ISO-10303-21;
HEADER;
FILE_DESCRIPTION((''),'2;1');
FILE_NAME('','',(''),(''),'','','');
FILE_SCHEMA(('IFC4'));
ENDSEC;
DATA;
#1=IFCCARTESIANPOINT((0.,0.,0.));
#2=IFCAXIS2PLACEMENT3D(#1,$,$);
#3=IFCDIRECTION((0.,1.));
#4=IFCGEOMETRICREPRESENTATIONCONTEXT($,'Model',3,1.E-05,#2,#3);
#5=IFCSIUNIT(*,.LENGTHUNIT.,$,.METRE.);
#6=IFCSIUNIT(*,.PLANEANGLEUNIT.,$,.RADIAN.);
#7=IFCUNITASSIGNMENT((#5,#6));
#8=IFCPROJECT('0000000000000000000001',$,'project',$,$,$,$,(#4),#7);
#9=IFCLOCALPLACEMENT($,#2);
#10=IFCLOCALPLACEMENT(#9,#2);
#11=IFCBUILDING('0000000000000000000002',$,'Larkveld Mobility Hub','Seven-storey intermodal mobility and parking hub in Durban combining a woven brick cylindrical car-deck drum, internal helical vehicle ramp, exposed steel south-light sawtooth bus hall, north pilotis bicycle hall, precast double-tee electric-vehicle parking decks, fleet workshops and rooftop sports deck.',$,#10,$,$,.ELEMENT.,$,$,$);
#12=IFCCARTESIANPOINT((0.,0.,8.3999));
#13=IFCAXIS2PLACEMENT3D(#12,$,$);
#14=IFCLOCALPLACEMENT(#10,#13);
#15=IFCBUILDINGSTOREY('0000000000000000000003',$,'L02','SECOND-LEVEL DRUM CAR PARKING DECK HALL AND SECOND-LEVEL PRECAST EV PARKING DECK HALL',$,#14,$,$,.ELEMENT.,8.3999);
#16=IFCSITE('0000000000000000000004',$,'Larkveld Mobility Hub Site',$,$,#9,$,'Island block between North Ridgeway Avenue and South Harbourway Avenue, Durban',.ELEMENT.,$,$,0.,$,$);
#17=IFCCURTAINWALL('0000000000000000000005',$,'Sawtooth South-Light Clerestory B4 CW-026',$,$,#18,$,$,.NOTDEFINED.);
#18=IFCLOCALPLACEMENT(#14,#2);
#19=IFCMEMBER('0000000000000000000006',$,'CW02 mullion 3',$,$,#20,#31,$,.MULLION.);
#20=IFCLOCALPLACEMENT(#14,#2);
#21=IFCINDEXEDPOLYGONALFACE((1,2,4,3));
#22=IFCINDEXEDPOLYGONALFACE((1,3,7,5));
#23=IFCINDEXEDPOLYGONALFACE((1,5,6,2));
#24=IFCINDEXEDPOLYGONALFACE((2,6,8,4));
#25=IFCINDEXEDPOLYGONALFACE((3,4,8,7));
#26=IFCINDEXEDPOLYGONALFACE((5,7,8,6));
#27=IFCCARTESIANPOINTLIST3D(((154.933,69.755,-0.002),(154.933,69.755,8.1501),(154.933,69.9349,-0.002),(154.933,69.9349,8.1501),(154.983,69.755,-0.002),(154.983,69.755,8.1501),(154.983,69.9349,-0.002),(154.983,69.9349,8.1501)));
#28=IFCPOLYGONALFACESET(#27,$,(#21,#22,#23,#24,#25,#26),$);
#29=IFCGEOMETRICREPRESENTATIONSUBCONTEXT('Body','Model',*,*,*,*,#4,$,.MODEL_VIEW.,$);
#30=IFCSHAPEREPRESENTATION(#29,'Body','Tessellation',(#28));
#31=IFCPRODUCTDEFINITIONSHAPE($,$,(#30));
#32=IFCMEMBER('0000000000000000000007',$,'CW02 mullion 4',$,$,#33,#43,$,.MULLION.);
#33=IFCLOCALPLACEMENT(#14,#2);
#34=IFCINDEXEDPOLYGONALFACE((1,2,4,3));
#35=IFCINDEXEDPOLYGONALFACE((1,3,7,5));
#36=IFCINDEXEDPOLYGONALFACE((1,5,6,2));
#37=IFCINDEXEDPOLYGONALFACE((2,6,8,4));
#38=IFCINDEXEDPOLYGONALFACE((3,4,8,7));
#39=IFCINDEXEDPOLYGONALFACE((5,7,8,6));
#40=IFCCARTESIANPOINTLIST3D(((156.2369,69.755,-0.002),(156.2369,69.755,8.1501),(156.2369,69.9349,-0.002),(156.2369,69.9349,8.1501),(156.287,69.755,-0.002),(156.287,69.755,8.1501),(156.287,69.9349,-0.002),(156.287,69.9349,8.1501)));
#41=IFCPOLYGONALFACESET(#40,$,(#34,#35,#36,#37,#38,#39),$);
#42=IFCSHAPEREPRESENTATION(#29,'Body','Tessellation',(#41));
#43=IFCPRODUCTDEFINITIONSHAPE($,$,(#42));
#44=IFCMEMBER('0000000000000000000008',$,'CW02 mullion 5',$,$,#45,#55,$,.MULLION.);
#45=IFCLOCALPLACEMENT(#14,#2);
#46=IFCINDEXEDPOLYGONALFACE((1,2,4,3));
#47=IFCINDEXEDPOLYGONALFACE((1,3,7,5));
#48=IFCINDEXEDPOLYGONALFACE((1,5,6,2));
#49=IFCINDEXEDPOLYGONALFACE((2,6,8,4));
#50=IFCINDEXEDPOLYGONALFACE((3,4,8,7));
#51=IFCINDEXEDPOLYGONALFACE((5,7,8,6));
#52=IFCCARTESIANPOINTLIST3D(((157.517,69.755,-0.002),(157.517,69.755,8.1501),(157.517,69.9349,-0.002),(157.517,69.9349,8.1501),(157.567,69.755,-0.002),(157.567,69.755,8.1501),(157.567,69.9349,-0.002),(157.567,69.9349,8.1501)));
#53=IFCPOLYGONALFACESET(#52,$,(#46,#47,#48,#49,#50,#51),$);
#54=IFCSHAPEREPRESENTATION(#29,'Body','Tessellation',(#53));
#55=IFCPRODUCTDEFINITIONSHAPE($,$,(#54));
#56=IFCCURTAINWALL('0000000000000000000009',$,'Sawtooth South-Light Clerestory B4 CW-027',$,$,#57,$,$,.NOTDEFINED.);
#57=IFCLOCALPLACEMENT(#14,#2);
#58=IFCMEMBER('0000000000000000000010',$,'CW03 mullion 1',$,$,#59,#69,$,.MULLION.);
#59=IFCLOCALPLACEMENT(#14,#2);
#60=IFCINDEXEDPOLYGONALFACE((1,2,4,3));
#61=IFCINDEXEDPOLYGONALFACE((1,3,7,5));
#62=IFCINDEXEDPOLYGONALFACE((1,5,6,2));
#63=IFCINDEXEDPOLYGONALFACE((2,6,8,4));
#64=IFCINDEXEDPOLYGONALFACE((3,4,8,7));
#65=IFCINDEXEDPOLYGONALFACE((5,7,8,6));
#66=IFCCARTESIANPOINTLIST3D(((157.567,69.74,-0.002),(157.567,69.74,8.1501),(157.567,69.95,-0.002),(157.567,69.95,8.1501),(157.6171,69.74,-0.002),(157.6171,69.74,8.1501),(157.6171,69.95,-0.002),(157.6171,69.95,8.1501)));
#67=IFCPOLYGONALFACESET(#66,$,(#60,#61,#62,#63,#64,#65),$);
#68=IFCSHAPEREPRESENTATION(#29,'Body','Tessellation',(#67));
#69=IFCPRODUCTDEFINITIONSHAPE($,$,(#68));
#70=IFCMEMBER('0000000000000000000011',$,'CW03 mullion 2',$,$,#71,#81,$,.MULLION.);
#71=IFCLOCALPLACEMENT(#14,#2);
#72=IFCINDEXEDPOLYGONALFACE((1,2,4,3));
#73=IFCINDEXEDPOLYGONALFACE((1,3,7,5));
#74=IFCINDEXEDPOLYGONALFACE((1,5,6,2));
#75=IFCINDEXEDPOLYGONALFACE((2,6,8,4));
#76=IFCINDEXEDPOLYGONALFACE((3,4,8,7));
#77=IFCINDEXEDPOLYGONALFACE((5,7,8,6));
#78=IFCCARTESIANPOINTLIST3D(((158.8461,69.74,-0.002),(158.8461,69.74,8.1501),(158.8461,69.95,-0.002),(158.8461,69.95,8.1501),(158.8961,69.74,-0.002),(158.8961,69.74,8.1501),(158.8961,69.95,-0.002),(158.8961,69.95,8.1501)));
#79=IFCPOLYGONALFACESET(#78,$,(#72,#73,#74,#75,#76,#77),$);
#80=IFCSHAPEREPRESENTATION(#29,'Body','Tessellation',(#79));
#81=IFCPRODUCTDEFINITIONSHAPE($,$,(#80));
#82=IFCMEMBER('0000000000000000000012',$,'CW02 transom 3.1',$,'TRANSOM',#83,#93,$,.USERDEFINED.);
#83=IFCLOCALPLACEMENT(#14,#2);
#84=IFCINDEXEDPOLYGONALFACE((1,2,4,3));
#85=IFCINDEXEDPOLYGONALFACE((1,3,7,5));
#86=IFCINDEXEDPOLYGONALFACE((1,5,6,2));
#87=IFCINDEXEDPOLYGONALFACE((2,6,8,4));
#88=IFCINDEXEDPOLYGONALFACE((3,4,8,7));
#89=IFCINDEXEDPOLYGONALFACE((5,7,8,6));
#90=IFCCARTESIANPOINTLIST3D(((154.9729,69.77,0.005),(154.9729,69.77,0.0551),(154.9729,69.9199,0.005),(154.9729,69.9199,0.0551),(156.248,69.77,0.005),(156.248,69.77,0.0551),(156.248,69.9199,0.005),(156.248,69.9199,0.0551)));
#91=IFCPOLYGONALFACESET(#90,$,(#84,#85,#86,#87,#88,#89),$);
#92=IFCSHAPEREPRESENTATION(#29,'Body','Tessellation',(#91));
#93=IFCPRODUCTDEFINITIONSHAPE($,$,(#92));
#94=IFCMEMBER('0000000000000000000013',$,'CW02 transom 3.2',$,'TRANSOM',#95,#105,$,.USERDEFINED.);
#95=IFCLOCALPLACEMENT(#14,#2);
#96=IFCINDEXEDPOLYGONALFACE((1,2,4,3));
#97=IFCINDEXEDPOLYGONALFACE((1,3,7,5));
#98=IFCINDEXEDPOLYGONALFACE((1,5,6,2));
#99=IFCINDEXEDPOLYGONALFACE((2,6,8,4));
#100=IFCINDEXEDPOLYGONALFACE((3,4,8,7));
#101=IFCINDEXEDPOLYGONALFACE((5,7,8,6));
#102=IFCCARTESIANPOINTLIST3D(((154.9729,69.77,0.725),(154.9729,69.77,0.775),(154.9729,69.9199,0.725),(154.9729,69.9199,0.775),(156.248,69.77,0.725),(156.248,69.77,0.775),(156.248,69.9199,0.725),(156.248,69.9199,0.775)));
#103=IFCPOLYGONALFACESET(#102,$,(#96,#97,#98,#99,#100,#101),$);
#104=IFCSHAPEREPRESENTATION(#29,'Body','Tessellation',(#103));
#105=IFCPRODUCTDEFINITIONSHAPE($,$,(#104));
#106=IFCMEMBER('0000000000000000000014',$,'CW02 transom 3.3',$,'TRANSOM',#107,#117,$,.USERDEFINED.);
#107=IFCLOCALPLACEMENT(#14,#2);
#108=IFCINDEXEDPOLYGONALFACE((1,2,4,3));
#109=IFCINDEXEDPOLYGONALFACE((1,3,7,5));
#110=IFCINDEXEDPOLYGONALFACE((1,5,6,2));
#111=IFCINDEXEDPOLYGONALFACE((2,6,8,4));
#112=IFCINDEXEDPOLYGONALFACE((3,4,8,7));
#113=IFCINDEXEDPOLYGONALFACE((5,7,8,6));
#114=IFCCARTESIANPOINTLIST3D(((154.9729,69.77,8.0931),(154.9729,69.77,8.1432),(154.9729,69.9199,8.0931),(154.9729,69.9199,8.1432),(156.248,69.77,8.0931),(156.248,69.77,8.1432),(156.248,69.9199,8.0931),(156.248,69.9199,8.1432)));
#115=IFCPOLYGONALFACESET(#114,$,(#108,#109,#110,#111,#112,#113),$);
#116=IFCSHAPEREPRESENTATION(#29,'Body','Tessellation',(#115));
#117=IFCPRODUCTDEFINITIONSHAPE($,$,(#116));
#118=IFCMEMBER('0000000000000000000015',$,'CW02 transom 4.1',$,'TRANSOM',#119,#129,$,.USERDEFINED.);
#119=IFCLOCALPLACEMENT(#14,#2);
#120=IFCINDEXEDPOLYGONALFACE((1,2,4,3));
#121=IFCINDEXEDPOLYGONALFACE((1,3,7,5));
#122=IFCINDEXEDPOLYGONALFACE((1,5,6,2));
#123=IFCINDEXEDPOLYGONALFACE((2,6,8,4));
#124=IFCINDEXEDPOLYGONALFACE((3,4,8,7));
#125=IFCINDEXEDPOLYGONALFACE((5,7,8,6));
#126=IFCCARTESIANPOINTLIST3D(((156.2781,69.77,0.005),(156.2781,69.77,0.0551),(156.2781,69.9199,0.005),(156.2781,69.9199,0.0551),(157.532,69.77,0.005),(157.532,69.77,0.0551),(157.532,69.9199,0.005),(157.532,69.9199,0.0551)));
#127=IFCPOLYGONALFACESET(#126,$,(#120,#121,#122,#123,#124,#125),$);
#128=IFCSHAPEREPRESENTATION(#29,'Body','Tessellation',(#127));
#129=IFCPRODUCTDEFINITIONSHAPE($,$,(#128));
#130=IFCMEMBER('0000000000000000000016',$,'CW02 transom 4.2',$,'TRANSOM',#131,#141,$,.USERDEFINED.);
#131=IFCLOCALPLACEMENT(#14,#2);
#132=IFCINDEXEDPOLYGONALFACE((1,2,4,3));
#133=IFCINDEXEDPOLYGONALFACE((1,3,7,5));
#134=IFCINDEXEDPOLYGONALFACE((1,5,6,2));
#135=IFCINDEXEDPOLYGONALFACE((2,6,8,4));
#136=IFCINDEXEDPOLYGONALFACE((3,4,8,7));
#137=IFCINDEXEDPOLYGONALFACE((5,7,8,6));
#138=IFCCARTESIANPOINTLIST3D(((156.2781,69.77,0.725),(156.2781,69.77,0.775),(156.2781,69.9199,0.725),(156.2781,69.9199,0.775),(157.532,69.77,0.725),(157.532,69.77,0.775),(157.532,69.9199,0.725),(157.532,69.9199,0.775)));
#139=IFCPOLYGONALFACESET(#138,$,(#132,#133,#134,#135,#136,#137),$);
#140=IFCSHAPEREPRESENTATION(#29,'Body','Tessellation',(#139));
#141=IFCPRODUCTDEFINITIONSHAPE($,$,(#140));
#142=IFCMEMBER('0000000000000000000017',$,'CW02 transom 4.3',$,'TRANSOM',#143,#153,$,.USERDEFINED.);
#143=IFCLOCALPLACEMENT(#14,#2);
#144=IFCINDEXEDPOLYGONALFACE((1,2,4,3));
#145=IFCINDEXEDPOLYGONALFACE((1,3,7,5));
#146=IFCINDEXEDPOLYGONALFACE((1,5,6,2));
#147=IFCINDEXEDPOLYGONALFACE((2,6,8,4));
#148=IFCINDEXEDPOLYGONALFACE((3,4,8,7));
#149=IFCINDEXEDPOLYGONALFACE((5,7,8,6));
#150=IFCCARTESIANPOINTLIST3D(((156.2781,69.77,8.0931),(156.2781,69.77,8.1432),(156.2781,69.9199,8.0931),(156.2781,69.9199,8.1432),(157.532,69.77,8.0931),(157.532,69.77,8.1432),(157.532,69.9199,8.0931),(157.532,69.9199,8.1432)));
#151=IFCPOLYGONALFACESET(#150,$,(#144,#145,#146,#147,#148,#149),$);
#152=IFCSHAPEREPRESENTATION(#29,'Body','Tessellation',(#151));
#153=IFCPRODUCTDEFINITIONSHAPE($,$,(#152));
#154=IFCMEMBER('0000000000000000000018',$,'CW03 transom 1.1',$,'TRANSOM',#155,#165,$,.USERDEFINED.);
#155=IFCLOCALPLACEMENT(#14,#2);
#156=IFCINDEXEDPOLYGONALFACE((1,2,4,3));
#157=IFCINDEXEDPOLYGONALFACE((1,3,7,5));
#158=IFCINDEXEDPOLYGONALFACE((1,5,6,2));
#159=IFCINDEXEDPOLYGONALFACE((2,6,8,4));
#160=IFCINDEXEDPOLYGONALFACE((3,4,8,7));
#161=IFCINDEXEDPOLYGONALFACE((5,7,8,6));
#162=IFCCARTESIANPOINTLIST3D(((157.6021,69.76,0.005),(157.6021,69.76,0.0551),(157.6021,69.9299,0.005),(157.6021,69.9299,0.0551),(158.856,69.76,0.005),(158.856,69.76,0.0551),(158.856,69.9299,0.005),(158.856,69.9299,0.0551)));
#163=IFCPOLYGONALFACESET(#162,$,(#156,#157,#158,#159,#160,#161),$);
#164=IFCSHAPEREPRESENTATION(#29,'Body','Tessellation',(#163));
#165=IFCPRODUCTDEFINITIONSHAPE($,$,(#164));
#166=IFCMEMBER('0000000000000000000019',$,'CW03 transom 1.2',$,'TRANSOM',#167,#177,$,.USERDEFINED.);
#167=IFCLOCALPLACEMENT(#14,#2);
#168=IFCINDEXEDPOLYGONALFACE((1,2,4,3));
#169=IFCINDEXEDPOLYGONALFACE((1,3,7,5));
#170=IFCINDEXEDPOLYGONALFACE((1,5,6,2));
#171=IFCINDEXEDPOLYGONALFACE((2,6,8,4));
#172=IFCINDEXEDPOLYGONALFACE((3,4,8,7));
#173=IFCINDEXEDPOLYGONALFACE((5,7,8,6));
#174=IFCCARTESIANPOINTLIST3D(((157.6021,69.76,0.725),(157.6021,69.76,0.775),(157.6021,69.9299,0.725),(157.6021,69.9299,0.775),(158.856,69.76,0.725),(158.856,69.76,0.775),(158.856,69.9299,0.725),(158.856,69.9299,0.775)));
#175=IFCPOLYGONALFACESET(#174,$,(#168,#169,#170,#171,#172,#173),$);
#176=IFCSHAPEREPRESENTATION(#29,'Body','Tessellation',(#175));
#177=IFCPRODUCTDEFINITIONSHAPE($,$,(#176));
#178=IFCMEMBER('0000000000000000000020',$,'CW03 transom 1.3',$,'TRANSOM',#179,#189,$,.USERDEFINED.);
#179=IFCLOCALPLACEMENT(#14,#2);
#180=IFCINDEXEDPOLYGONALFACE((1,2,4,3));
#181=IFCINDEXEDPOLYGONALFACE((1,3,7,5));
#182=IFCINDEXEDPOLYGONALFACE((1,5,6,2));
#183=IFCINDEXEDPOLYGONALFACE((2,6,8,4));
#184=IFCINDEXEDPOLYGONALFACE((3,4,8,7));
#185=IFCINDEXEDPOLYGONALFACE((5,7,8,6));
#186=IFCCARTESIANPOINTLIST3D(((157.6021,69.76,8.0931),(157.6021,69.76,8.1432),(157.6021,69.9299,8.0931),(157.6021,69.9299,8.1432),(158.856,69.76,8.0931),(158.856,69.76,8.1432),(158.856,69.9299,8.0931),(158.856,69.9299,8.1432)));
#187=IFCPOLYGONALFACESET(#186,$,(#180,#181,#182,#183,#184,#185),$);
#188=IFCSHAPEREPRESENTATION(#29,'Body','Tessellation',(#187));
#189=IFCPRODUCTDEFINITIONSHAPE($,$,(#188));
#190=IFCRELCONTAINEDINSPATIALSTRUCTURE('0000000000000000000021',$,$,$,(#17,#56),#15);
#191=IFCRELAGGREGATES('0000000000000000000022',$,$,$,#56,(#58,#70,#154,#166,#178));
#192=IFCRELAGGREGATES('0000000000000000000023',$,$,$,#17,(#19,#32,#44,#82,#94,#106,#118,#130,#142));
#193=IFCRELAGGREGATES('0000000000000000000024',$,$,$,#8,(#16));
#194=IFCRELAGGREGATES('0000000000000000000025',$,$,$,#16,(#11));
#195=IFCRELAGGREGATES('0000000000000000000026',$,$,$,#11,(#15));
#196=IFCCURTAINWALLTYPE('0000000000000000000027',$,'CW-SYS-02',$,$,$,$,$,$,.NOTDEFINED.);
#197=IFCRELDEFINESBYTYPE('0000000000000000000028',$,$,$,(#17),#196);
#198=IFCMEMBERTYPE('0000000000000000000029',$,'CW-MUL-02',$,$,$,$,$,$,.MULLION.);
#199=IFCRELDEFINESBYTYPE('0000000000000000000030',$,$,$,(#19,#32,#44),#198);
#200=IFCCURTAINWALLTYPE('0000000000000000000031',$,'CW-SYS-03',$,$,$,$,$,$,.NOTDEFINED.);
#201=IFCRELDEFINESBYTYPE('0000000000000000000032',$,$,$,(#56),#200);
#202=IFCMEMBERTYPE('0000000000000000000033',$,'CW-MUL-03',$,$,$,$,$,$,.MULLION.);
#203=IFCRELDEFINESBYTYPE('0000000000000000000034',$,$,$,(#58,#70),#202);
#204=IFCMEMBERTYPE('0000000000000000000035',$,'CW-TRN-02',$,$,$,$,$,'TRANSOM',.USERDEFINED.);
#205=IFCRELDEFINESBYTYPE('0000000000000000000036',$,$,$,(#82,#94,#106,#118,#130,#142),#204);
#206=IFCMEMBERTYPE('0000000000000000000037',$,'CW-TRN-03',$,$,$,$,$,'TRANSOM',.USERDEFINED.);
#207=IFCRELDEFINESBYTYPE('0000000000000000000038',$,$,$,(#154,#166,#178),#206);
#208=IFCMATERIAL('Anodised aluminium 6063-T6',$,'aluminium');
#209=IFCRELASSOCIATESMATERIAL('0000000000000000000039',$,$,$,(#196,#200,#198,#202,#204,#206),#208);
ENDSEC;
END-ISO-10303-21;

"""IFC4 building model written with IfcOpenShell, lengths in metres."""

from ifc_helpers import new_model, si_unit, direction, frame, origin, origin_2d, place, context, subcontext, project, spatial, rectangle, extrude, material, material_profile, profile_set, type_object, element, aggregate, save


model = new_model("IFC4")

# Units and contexts
model_context = context("Model", 3, precision=1e-05, world=origin(), true_north=direction((0.0, 1.0)))
body_context = subcontext(model_context, "Body", "Model", "MODEL_VIEW")
ifc_project = project(units=[si_unit("LENGTHUNIT", "METRE"), si_unit("PLANEANGLEUNIT", "RADIAN")], contexts=[model_context])

# Site, building, storey
site_placement = place(None, origin())
site = spatial("IfcSite", under=ifc_project, at=site_placement, Name="Larkveld Mobility Hub Site", LongName="Island block between North Ridgeway Avenue and South Harbourway Avenue, Durban", CompositionType="ELEMENT", RefElevation=0.0)
building_placement = place(site_placement, origin())
building = spatial("IfcBuilding", under=site, at=building_placement, Name="Larkveld Mobility Hub", Description="Seven-storey intermodal mobility and parking hub in Durban combining a woven brick cylindrical car-deck drum, internal helical vehicle ramp, exposed steel south-light sawtooth bus hall, north pilotis bicycle hall, precast double-tee electric-vehicle parking decks, fleet workshops and rooftop sports deck.", CompositionType="ELEMENT")
storey_placement = place(building_placement, frame((0.0, 0.0, 8.3999)))
storey = spatial("IfcBuildingStorey", under=building, at=storey_placement, Name="L02", Description="SECOND-LEVEL DRUM CAR PARKING DECK HALL AND SECOND-LEVEL PRECAST EV PARKING DECK HALL", CompositionType="ELEMENT", Elevation=8.3999)

# Curtain walls, members
ifc_material_1 = material(Name="Anodised aluminium 6063-T6", Category="aluminium")
curtain_wall_type_1 = type_object("IfcCurtainWallType", Name="CW-SYS-02", PredefinedType="NOTDEFINED", material=ifc_material_1)
curtain_wall_1_placement = place(storey_placement, origin())
curtain_wall_1 = element("IfcCurtainWall", 1, at=curtain_wall_1_placement, inside=storey, type_object=curtain_wall_type_1, Name="Sawtooth South-Light Clerestory B4 CW-026", PredefinedType="NOTDEFINED")
ifc_material_profile_1 = material_profile(ifc_material_1, rectangle(XDim=0.05, YDim=0.1799, at=origin_2d()), Name="ALU MULL 50x180")
ifc_profile_set_1 = profile_set([ifc_material_profile_1], Name="Anodised aluminium 6063-T6")
member_type_1 = type_object("IfcMemberType", Name="CW-MUL-02", PredefinedType="MULLION", material=ifc_profile_set_1)
member_1_placement = place(storey_placement, frame((154.958, 69.845, -0.002), z_axis=(0.0, 0.0, 1.0), x_axis=(1.0, 0.0, 0.0)))
member_1 = element("IfcMember", 2, at=member_1_placement, type_object=member_type_1, Name="CW02 mullion 3", PredefinedType="MULLION", context=body_context, shape_type="SweptSolid", body=[
    extrude(rectangle(XDim=0.05, YDim=0.1799, at=origin_2d()), origin(), (0.0, 0.0, 1.0), 8.1521),
])
member_2_placement = place(storey_placement, frame((156.262, 69.845, -0.002), z_axis=(0.0, 0.0, 1.0), x_axis=(1.0, 0.0, 0.0)))
member_2 = element("IfcMember", 3, at=member_2_placement, type_object=member_type_1, Name="CW02 mullion 4", PredefinedType="MULLION", context=body_context, shape_type="SweptSolid", body=[
    extrude(rectangle(XDim=0.05, YDim=0.1799, at=origin_2d()), origin(), (0.0, 0.0, 1.0), 8.1521),
])
member_3_placement = place(storey_placement, frame((157.542, 69.845, -0.002), z_axis=(0.0, 0.0, 1.0), x_axis=(1.0, 0.0, 0.0)))
member_3 = element("IfcMember", 4, at=member_3_placement, type_object=member_type_1, Name="CW02 mullion 5", PredefinedType="MULLION", context=body_context, shape_type="SweptSolid", body=[
    extrude(rectangle(XDim=0.05, YDim=0.1799, at=origin_2d()), origin(), (0.0, 0.0, 1.0), 8.1521),
])
curtain_wall_type_2 = type_object("IfcCurtainWallType", Name="CW-SYS-03", PredefinedType="NOTDEFINED", material=ifc_material_1)
curtain_wall_2_placement = place(storey_placement, origin())
curtain_wall_2 = element("IfcCurtainWall", 5, at=curtain_wall_2_placement, inside=storey, type_object=curtain_wall_type_2, Name="Sawtooth South-Light Clerestory B4 CW-027", PredefinedType="NOTDEFINED")
ifc_material_profile_2 = material_profile(ifc_material_1, rectangle(XDim=0.05, YDim=0.21, at=origin_2d()), Name="ALU MULL 50x210")
ifc_profile_set_2 = profile_set([ifc_material_profile_2], Name="Anodised aluminium 6063-T6")
member_type_2 = type_object("IfcMemberType", Name="CW-MUL-03", PredefinedType="MULLION", material=ifc_profile_set_2)
member_4_placement = place(storey_placement, frame((157.592, 69.845, -0.002), z_axis=(0.0, 0.0, 1.0), x_axis=(1.0, 0.0, 0.0)))
member_4 = element("IfcMember", 6, at=member_4_placement, type_object=member_type_2, Name="CW03 mullion 1", PredefinedType="MULLION", context=body_context, shape_type="SweptSolid", body=[
    extrude(rectangle(XDim=0.05, YDim=0.21, at=origin_2d()), origin(), (0.0, 0.0, 1.0), 8.1521),
])
member_5_placement = place(storey_placement, frame((158.8711, 69.845, -0.002), z_axis=(0.0, 0.0, 1.0), x_axis=(1.0, 0.0, 0.0)))
member_5 = element("IfcMember", 7, at=member_5_placement, type_object=member_type_2, Name="CW03 mullion 2", PredefinedType="MULLION", context=body_context, shape_type="SweptSolid", body=[
    extrude(rectangle(XDim=0.05, YDim=0.21, at=origin_2d()), origin(), (0.0, 0.0, 1.0), 8.1521),
])

# Members
ifc_material_profile_3 = material_profile(ifc_material_1, rectangle(XDim=0.1499, YDim=0.05, at=origin_2d()), Name="ALU TRAN 50x150")
ifc_profile_set_3 = profile_set([ifc_material_profile_3], Name="Anodised aluminium 6063-T6")
member_type_3 = type_object("IfcMemberType", Name="CW-TRN-02", ElementType="TRANSOM", PredefinedType="USERDEFINED", material=ifc_profile_set_3)
member_6_placement = place(storey_placement, frame((154.9729, 69.845, 0.03), z_axis=(1.0, 0.0, 0.0), x_axis=(0.0, 1.0, 0.0)))
member_6 = element("IfcMember", 8, at=member_6_placement, type_object=member_type_3, Name="CW02 transom 3.1", ObjectType="TRANSOM", PredefinedType="USERDEFINED", context=body_context, shape_type="SweptSolid", body=[
    extrude(rectangle(XDim=0.1499, YDim=0.05, at=origin_2d()), origin(), (0.0, 0.0, 1.0), 1.2751),
])
member_7_placement = place(storey_placement, frame((154.9729, 69.845, 0.75), z_axis=(1.0, 0.0, 0.0), x_axis=(0.0, 1.0, 0.0)))
member_7 = element("IfcMember", 9, at=member_7_placement, type_object=member_type_3, Name="CW02 transom 3.2", ObjectType="TRANSOM", PredefinedType="USERDEFINED", context=body_context, shape_type="SweptSolid", body=[
    extrude(rectangle(XDim=0.1499, YDim=0.05, at=origin_2d()), origin(), (0.0, 0.0, 1.0), 1.2751),
])
member_8_placement = place(storey_placement, frame((154.9729, 69.845, 8.1182), z_axis=(1.0, 0.0, 0.0), x_axis=(0.0, 1.0, 0.0)))
member_8 = element("IfcMember", 10, at=member_8_placement, type_object=member_type_3, Name="CW02 transom 3.3", ObjectType="TRANSOM", PredefinedType="USERDEFINED", context=body_context, shape_type="SweptSolid", body=[
    extrude(rectangle(XDim=0.1499, YDim=0.05, at=origin_2d()), origin(), (0.0, 0.0, 1.0), 1.2751),
])
member_9_placement = place(storey_placement, frame((156.2781, 69.845, 0.03), z_axis=(1.0, 0.0, 0.0), x_axis=(0.0, 1.0, 0.0)))
member_9 = element("IfcMember", 11, at=member_9_placement, type_object=member_type_3, Name="CW02 transom 4.1", ObjectType="TRANSOM", PredefinedType="USERDEFINED", context=body_context, shape_type="SweptSolid", body=[
    extrude(rectangle(XDim=0.1499, YDim=0.05, at=origin_2d()), origin(), (0.0, 0.0, 1.0), 1.2539),
])
member_10_placement = place(storey_placement, frame((156.2781, 69.845, 0.75), z_axis=(1.0, 0.0, 0.0), x_axis=(0.0, 1.0, 0.0)))
member_10 = element("IfcMember", 12, at=member_10_placement, type_object=member_type_3, Name="CW02 transom 4.2", ObjectType="TRANSOM", PredefinedType="USERDEFINED", context=body_context, shape_type="SweptSolid", body=[
    extrude(rectangle(XDim=0.1499, YDim=0.05, at=origin_2d()), origin(), (0.0, 0.0, 1.0), 1.2539),
])
member_11_placement = place(storey_placement, frame((156.2781, 69.845, 8.1182), z_axis=(1.0, 0.0, 0.0), x_axis=(0.0, 1.0, 0.0)))
member_11 = element("IfcMember", 13, at=member_11_placement, type_object=member_type_3, Name="CW02 transom 4.3", ObjectType="TRANSOM", PredefinedType="USERDEFINED", context=body_context, shape_type="SweptSolid", body=[
    extrude(rectangle(XDim=0.1499, YDim=0.05, at=origin_2d()), origin(), (0.0, 0.0, 1.0), 1.2539),
])
ifc_material_profile_4 = material_profile(ifc_material_1, rectangle(XDim=0.1699, YDim=0.05, at=origin_2d()), Name="ALU TRAN 50x170")
ifc_profile_set_4 = profile_set([ifc_material_profile_4], Name="Anodised aluminium 6063-T6")
member_type_4 = type_object("IfcMemberType", Name="CW-TRN-03", ElementType="TRANSOM", PredefinedType="USERDEFINED", material=ifc_profile_set_4)
member_12_placement = place(storey_placement, frame((157.6021, 69.845, 0.03), z_axis=(1.0, 0.0, 0.0), x_axis=(0.0, 1.0, 0.0)))
member_12 = element("IfcMember", 14, at=member_12_placement, type_object=member_type_4, Name="CW03 transom 1.1", ObjectType="TRANSOM", PredefinedType="USERDEFINED", context=body_context, shape_type="SweptSolid", body=[
    extrude(rectangle(XDim=0.1699, YDim=0.05, at=origin_2d()), origin(), (0.0, 0.0, 1.0), 1.2539),
])
member_13_placement = place(storey_placement, frame((157.6021, 69.845, 0.75), z_axis=(1.0, 0.0, 0.0), x_axis=(0.0, 1.0, 0.0)))
member_13 = element("IfcMember", 15, at=member_13_placement, type_object=member_type_4, Name="CW03 transom 1.2", ObjectType="TRANSOM", PredefinedType="USERDEFINED", context=body_context, shape_type="SweptSolid", body=[
    extrude(rectangle(XDim=0.1699, YDim=0.05, at=origin_2d()), origin(), (0.0, 0.0, 1.0), 1.2539),
])
member_14_placement = place(storey_placement, frame((157.6021, 69.845, 8.1182), z_axis=(1.0, 0.0, 0.0), x_axis=(0.0, 1.0, 0.0)))
member_14 = element("IfcMember", 16, at=member_14_placement, type_object=member_type_4, Name="CW03 transom 1.3", ObjectType="TRANSOM", PredefinedType="USERDEFINED", context=body_context, shape_type="SweptSolid", body=[
    extrude(rectangle(XDim=0.1699, YDim=0.05, at=origin_2d()), origin(), (0.0, 0.0, 1.0), 1.2539),
])

aggregate(curtain_wall_2, [member_4, member_5, member_12, member_13, member_14])
aggregate(curtain_wall_1, [member_1, member_2, member_3, member_6, member_7, member_8, member_9, member_10, member_11])

save(model, "model.ifc")
